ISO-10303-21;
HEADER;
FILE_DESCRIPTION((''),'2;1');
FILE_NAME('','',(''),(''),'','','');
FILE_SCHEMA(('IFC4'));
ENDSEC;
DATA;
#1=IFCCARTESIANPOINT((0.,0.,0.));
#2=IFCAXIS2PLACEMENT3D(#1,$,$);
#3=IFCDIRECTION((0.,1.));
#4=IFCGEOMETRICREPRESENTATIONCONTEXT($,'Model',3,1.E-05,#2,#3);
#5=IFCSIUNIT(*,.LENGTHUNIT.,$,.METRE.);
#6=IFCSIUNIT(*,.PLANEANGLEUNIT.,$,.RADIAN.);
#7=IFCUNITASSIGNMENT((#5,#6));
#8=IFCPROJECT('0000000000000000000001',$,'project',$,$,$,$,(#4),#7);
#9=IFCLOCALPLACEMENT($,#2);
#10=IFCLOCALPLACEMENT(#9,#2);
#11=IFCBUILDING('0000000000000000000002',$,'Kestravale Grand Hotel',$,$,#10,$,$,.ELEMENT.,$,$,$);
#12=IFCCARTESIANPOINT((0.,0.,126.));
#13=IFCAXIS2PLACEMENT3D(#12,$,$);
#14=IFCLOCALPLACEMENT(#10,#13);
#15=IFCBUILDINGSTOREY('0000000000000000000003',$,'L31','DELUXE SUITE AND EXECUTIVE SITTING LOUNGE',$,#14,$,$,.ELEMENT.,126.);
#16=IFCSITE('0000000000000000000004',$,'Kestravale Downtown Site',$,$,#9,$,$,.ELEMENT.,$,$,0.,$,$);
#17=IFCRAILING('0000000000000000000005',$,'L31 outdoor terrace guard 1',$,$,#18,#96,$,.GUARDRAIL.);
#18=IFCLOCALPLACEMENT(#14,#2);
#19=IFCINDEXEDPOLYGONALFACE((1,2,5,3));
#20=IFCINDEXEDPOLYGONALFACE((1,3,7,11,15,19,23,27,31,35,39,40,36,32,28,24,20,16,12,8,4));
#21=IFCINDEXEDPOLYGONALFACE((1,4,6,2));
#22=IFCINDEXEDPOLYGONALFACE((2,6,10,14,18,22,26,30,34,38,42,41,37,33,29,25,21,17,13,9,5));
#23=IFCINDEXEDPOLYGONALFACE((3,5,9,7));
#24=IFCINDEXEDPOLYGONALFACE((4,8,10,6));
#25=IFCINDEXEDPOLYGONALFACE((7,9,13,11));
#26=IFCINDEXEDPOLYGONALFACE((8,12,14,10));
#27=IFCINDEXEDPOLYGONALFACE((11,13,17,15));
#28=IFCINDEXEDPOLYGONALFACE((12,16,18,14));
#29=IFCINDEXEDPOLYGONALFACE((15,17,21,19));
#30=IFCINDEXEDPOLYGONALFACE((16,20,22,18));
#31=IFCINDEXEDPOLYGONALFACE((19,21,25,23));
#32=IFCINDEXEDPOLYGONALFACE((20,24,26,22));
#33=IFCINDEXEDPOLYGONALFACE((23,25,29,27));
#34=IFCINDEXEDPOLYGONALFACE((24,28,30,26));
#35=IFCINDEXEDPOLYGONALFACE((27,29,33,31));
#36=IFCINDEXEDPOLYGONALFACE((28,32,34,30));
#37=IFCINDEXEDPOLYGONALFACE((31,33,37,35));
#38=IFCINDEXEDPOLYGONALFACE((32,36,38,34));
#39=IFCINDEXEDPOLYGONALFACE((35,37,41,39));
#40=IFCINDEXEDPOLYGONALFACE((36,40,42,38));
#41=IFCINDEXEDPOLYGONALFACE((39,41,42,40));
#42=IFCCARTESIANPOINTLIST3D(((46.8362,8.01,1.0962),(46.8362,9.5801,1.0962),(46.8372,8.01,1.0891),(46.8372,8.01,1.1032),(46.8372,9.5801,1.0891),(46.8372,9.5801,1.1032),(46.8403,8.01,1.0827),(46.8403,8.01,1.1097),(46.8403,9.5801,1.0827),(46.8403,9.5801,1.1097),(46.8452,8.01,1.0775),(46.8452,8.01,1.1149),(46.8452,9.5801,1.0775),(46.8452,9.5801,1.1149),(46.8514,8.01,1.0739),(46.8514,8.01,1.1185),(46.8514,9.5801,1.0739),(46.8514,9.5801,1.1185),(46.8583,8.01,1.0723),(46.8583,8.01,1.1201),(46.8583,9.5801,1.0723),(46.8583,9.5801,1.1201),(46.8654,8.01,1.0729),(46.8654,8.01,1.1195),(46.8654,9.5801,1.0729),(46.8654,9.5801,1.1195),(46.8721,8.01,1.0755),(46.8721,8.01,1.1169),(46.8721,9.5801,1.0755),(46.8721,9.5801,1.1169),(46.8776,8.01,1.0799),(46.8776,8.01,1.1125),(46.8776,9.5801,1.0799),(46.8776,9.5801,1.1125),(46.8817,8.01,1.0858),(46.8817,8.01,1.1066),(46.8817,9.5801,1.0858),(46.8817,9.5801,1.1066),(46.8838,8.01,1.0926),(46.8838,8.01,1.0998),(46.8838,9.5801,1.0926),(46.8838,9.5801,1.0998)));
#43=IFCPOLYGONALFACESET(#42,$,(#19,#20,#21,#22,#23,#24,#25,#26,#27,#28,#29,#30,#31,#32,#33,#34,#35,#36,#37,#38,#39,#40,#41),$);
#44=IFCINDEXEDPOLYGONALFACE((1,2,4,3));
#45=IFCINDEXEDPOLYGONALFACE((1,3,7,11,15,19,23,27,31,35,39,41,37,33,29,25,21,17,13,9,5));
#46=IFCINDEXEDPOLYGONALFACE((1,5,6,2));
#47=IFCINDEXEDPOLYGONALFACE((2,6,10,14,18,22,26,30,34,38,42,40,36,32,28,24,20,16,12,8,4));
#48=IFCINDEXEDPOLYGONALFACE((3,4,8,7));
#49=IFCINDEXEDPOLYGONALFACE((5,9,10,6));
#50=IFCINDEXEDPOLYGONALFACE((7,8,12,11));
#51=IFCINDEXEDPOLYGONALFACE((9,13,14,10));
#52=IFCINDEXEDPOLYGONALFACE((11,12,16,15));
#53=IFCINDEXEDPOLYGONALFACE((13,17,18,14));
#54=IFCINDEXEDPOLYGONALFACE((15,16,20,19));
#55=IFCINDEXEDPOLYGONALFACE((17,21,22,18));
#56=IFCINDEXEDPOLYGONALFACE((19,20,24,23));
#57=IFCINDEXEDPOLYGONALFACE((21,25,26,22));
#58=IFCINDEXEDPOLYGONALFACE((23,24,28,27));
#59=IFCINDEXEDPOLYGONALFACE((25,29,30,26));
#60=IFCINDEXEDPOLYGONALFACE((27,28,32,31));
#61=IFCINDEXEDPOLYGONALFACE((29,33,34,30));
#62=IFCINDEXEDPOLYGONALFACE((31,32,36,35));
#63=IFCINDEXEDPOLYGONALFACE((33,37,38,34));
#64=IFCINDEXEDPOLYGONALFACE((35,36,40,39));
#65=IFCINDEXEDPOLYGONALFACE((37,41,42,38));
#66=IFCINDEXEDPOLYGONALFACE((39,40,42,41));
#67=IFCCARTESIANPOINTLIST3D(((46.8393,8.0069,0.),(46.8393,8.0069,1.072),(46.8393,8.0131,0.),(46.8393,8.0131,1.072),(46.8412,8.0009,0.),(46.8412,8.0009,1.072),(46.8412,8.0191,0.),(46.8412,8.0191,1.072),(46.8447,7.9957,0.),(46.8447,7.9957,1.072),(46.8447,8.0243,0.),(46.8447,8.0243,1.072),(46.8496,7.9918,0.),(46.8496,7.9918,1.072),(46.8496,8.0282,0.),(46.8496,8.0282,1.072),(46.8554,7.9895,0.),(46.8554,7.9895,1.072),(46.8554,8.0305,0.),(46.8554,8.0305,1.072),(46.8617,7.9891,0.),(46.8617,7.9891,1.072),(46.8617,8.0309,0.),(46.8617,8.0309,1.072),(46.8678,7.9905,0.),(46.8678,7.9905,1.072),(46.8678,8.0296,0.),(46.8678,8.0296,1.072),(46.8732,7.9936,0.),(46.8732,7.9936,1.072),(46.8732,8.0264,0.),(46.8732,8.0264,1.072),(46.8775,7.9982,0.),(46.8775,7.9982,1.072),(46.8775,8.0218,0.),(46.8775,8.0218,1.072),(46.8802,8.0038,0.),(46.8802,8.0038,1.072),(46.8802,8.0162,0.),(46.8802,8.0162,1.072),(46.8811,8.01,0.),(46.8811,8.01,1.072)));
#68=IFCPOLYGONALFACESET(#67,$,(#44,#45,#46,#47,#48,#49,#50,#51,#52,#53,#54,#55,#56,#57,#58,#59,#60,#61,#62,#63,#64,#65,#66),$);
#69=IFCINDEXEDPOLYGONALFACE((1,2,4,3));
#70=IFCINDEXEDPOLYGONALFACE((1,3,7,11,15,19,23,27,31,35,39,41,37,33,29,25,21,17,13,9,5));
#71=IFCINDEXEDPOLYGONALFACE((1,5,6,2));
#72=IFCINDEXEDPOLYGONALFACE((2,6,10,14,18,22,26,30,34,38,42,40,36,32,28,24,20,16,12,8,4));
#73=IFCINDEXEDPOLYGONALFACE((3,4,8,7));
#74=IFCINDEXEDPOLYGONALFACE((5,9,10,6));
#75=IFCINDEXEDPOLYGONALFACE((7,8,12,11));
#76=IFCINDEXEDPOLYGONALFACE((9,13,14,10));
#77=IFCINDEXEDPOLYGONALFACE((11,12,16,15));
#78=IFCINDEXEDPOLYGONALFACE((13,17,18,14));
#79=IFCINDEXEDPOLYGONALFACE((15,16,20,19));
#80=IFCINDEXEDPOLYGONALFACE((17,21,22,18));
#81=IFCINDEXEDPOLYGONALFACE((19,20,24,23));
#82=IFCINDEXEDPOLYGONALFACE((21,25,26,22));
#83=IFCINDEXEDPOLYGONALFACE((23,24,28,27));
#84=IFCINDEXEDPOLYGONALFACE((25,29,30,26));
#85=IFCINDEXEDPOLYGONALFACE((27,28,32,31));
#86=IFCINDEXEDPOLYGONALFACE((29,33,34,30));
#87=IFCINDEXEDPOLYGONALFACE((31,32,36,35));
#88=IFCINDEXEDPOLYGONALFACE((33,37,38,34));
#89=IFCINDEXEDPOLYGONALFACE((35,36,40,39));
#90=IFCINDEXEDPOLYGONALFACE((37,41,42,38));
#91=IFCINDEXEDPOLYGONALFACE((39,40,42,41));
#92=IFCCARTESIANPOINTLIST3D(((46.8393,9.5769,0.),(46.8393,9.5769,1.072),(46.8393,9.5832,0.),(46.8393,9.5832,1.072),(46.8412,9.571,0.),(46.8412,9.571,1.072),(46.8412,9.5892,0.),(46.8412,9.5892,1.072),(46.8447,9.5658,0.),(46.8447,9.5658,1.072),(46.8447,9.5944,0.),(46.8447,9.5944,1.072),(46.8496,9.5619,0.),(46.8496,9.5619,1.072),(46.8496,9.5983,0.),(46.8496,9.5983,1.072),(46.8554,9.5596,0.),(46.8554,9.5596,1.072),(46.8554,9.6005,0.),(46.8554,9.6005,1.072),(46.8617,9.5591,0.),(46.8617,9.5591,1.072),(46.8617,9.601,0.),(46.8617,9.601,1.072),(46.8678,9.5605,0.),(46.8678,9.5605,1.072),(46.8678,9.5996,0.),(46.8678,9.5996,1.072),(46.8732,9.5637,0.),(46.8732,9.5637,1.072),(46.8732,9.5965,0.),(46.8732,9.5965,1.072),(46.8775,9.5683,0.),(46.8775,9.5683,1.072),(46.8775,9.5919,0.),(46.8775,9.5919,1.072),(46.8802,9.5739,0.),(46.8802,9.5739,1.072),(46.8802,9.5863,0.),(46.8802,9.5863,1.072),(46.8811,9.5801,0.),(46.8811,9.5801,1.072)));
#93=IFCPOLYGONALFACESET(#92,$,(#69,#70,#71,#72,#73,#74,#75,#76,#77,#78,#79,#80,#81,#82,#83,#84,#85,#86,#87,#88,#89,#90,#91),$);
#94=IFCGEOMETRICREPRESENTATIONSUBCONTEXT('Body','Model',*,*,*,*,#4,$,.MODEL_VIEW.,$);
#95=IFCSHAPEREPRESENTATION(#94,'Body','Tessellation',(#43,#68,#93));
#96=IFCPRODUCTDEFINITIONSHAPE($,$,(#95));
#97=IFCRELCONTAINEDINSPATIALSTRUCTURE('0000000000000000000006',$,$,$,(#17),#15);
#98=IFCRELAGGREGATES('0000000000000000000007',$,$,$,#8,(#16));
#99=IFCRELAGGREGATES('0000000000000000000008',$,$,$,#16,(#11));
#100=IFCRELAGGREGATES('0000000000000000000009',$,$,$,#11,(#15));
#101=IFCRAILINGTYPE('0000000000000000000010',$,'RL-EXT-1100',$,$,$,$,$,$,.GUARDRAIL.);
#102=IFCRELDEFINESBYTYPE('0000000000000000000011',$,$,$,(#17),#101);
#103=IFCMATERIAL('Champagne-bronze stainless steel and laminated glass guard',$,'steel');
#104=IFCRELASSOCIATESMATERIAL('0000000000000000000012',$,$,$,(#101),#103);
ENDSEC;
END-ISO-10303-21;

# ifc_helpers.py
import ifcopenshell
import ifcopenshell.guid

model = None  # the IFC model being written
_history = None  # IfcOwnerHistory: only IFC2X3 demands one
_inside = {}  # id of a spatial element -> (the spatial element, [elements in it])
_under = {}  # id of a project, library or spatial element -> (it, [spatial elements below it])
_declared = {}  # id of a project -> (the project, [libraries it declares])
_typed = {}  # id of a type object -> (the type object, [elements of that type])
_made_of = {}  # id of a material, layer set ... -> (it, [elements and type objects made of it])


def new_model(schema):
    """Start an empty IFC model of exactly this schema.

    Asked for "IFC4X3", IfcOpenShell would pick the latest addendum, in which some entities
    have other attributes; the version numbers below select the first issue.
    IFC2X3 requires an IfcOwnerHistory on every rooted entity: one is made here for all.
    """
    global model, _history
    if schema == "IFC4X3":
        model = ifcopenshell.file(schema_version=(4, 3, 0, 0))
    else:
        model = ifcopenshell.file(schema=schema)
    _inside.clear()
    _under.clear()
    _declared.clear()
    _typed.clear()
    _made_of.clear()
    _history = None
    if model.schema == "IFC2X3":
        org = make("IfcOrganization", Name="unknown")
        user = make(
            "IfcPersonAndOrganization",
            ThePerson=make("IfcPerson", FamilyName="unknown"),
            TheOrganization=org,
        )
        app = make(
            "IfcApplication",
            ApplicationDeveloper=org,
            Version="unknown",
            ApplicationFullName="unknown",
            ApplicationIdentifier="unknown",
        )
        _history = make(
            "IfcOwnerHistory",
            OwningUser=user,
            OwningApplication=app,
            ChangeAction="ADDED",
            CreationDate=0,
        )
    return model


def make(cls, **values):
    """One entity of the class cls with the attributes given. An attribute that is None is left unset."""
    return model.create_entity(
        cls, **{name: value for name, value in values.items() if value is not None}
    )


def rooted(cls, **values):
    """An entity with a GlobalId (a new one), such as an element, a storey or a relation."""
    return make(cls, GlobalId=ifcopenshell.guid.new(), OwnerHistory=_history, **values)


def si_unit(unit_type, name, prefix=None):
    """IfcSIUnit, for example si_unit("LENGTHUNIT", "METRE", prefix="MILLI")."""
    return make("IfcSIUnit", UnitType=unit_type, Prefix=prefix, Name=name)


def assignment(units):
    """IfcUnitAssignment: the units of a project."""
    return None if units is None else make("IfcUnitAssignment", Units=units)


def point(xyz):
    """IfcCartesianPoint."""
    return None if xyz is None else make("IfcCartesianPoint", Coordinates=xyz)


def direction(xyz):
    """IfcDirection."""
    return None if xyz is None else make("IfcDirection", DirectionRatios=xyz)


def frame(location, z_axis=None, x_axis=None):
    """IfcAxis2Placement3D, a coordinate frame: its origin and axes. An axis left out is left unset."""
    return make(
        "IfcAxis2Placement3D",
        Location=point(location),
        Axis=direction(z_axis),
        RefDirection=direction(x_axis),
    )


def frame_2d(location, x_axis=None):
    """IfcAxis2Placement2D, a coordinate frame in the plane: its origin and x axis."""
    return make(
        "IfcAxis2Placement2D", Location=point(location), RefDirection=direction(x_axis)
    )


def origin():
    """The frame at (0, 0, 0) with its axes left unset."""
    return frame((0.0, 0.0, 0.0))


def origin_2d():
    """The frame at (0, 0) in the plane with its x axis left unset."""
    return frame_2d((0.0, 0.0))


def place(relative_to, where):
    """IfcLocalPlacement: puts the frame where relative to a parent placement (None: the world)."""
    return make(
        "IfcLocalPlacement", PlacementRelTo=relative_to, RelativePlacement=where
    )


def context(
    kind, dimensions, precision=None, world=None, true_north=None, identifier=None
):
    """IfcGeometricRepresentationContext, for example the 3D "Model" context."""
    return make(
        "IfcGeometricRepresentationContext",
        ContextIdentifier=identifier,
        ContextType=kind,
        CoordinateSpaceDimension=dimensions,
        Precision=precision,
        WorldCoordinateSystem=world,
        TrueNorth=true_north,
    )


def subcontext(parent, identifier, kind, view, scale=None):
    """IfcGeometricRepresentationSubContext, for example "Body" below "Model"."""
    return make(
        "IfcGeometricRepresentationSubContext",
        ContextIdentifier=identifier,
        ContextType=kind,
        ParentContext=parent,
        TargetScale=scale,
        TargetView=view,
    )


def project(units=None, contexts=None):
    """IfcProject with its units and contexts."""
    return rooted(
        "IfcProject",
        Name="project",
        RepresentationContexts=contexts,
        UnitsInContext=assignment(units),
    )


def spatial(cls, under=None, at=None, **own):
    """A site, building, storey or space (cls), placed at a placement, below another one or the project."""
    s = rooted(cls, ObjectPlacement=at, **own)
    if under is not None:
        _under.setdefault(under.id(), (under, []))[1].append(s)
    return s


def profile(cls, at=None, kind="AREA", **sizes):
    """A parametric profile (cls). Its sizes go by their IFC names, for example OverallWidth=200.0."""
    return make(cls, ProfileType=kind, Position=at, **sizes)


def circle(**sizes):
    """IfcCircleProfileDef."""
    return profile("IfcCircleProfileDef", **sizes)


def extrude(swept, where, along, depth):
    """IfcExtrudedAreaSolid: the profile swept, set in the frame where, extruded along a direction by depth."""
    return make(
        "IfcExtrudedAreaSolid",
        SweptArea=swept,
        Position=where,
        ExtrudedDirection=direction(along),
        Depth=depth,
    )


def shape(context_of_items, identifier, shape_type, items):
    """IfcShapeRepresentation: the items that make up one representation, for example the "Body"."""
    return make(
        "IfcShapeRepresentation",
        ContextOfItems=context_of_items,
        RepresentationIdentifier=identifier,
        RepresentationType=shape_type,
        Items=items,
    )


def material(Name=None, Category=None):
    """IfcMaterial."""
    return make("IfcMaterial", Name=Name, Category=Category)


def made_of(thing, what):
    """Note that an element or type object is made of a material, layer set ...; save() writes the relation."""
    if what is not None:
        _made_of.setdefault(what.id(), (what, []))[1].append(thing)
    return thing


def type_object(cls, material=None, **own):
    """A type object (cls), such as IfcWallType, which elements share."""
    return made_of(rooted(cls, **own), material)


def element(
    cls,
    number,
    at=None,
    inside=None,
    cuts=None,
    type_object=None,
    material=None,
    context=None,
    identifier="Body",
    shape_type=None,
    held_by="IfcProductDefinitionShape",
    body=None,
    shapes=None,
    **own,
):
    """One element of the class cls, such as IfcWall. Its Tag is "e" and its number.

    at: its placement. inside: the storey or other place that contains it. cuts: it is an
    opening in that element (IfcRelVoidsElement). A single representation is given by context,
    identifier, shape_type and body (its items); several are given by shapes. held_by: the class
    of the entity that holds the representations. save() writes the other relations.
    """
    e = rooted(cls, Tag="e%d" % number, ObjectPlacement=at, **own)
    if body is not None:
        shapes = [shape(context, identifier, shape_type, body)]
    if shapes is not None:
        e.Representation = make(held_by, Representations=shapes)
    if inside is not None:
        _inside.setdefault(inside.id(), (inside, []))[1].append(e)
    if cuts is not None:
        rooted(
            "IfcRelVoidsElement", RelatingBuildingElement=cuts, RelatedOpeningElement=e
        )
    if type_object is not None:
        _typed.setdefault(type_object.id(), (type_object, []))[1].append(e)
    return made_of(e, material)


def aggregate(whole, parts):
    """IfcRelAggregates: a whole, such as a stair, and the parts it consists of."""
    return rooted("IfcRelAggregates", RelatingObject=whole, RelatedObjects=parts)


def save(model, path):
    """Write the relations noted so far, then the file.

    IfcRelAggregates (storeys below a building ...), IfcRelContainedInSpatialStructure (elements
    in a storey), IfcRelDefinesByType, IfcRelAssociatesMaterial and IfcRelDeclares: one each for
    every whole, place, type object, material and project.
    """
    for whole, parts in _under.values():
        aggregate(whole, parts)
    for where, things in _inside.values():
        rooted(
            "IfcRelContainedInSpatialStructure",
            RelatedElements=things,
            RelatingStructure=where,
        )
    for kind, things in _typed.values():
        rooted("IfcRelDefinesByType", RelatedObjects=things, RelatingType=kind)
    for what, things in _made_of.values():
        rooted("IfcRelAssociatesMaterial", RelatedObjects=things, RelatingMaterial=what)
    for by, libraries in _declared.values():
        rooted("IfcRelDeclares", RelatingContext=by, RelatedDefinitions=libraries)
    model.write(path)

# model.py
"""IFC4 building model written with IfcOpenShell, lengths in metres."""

from ifc_helpers import new_model, si_unit, direction, frame, origin, origin_2d, place, context, subcontext, project, spatial, circle, extrude, material, type_object, element, save


model = new_model("IFC4")

# Units and contexts
model_context = context("Model", 3, precision=1e-05, world=origin(), true_north=direction((0.0, 1.0)))
body_context = subcontext(model_context, "Body", "Model", "MODEL_VIEW")
ifc_project = project(units=[si_unit("LENGTHUNIT", "METRE"), si_unit("PLANEANGLEUNIT", "RADIAN")], contexts=[model_context])

# Site, building, storey
site_placement = place(None, origin())
site = spatial("IfcSite", under=ifc_project, at=site_placement, Name="Kestravale Downtown Site", CompositionType="ELEMENT", RefElevation=0.0)
building_placement = place(site_placement, origin())
building = spatial("IfcBuilding", under=site, at=building_placement, Name="Kestravale Grand Hotel", CompositionType="ELEMENT")
storey_placement = place(building_placement, frame((0.0, 0.0, 126.0)))
storey = spatial("IfcBuildingStorey", under=building, at=storey_placement, Name="L31", Description="DELUXE SUITE AND EXECUTIVE SITTING LOUNGE", CompositionType="ELEMENT", Elevation=126.0)

# Railing
ifc_material_1 = material(Name="Champagne-bronze stainless steel and laminated glass guard", Category="steel")
railing_type = type_object("IfcRailingType", Name="RL-EXT-1100", PredefinedType="GUARDRAIL", material=ifc_material_1)
railing_placement = place(storey_placement, frame((46.8601, 8.01, 0.0)))
element("IfcRailing", 1, at=railing_placement, inside=storey, type_object=railing_type, Name="L31 outdoor terrace guard 1", PredefinedType="GUARDRAIL", context=body_context, shape_type="SweptSolid", body=[
    extrude(circle(Radius=0.0239, at=origin_2d()), frame((0.0, 0.0, 1.0962), z_axis=(0.0, 1.0, 0.0), x_axis=(-1.0, 0.0, 0.0)), (0.0, 0.0, 1.0), 1.5701),
    extrude(circle(Radius=0.021, at=origin_2d()), origin(), (0.0, 0.0, 1.0), 1.072),
    extrude(circle(Radius=0.021, at=origin_2d()), frame((0.0, 1.5701, 0.0)), (0.0, 0.0, 1.0), 1.072),
])

save(model, "model.ifc")
